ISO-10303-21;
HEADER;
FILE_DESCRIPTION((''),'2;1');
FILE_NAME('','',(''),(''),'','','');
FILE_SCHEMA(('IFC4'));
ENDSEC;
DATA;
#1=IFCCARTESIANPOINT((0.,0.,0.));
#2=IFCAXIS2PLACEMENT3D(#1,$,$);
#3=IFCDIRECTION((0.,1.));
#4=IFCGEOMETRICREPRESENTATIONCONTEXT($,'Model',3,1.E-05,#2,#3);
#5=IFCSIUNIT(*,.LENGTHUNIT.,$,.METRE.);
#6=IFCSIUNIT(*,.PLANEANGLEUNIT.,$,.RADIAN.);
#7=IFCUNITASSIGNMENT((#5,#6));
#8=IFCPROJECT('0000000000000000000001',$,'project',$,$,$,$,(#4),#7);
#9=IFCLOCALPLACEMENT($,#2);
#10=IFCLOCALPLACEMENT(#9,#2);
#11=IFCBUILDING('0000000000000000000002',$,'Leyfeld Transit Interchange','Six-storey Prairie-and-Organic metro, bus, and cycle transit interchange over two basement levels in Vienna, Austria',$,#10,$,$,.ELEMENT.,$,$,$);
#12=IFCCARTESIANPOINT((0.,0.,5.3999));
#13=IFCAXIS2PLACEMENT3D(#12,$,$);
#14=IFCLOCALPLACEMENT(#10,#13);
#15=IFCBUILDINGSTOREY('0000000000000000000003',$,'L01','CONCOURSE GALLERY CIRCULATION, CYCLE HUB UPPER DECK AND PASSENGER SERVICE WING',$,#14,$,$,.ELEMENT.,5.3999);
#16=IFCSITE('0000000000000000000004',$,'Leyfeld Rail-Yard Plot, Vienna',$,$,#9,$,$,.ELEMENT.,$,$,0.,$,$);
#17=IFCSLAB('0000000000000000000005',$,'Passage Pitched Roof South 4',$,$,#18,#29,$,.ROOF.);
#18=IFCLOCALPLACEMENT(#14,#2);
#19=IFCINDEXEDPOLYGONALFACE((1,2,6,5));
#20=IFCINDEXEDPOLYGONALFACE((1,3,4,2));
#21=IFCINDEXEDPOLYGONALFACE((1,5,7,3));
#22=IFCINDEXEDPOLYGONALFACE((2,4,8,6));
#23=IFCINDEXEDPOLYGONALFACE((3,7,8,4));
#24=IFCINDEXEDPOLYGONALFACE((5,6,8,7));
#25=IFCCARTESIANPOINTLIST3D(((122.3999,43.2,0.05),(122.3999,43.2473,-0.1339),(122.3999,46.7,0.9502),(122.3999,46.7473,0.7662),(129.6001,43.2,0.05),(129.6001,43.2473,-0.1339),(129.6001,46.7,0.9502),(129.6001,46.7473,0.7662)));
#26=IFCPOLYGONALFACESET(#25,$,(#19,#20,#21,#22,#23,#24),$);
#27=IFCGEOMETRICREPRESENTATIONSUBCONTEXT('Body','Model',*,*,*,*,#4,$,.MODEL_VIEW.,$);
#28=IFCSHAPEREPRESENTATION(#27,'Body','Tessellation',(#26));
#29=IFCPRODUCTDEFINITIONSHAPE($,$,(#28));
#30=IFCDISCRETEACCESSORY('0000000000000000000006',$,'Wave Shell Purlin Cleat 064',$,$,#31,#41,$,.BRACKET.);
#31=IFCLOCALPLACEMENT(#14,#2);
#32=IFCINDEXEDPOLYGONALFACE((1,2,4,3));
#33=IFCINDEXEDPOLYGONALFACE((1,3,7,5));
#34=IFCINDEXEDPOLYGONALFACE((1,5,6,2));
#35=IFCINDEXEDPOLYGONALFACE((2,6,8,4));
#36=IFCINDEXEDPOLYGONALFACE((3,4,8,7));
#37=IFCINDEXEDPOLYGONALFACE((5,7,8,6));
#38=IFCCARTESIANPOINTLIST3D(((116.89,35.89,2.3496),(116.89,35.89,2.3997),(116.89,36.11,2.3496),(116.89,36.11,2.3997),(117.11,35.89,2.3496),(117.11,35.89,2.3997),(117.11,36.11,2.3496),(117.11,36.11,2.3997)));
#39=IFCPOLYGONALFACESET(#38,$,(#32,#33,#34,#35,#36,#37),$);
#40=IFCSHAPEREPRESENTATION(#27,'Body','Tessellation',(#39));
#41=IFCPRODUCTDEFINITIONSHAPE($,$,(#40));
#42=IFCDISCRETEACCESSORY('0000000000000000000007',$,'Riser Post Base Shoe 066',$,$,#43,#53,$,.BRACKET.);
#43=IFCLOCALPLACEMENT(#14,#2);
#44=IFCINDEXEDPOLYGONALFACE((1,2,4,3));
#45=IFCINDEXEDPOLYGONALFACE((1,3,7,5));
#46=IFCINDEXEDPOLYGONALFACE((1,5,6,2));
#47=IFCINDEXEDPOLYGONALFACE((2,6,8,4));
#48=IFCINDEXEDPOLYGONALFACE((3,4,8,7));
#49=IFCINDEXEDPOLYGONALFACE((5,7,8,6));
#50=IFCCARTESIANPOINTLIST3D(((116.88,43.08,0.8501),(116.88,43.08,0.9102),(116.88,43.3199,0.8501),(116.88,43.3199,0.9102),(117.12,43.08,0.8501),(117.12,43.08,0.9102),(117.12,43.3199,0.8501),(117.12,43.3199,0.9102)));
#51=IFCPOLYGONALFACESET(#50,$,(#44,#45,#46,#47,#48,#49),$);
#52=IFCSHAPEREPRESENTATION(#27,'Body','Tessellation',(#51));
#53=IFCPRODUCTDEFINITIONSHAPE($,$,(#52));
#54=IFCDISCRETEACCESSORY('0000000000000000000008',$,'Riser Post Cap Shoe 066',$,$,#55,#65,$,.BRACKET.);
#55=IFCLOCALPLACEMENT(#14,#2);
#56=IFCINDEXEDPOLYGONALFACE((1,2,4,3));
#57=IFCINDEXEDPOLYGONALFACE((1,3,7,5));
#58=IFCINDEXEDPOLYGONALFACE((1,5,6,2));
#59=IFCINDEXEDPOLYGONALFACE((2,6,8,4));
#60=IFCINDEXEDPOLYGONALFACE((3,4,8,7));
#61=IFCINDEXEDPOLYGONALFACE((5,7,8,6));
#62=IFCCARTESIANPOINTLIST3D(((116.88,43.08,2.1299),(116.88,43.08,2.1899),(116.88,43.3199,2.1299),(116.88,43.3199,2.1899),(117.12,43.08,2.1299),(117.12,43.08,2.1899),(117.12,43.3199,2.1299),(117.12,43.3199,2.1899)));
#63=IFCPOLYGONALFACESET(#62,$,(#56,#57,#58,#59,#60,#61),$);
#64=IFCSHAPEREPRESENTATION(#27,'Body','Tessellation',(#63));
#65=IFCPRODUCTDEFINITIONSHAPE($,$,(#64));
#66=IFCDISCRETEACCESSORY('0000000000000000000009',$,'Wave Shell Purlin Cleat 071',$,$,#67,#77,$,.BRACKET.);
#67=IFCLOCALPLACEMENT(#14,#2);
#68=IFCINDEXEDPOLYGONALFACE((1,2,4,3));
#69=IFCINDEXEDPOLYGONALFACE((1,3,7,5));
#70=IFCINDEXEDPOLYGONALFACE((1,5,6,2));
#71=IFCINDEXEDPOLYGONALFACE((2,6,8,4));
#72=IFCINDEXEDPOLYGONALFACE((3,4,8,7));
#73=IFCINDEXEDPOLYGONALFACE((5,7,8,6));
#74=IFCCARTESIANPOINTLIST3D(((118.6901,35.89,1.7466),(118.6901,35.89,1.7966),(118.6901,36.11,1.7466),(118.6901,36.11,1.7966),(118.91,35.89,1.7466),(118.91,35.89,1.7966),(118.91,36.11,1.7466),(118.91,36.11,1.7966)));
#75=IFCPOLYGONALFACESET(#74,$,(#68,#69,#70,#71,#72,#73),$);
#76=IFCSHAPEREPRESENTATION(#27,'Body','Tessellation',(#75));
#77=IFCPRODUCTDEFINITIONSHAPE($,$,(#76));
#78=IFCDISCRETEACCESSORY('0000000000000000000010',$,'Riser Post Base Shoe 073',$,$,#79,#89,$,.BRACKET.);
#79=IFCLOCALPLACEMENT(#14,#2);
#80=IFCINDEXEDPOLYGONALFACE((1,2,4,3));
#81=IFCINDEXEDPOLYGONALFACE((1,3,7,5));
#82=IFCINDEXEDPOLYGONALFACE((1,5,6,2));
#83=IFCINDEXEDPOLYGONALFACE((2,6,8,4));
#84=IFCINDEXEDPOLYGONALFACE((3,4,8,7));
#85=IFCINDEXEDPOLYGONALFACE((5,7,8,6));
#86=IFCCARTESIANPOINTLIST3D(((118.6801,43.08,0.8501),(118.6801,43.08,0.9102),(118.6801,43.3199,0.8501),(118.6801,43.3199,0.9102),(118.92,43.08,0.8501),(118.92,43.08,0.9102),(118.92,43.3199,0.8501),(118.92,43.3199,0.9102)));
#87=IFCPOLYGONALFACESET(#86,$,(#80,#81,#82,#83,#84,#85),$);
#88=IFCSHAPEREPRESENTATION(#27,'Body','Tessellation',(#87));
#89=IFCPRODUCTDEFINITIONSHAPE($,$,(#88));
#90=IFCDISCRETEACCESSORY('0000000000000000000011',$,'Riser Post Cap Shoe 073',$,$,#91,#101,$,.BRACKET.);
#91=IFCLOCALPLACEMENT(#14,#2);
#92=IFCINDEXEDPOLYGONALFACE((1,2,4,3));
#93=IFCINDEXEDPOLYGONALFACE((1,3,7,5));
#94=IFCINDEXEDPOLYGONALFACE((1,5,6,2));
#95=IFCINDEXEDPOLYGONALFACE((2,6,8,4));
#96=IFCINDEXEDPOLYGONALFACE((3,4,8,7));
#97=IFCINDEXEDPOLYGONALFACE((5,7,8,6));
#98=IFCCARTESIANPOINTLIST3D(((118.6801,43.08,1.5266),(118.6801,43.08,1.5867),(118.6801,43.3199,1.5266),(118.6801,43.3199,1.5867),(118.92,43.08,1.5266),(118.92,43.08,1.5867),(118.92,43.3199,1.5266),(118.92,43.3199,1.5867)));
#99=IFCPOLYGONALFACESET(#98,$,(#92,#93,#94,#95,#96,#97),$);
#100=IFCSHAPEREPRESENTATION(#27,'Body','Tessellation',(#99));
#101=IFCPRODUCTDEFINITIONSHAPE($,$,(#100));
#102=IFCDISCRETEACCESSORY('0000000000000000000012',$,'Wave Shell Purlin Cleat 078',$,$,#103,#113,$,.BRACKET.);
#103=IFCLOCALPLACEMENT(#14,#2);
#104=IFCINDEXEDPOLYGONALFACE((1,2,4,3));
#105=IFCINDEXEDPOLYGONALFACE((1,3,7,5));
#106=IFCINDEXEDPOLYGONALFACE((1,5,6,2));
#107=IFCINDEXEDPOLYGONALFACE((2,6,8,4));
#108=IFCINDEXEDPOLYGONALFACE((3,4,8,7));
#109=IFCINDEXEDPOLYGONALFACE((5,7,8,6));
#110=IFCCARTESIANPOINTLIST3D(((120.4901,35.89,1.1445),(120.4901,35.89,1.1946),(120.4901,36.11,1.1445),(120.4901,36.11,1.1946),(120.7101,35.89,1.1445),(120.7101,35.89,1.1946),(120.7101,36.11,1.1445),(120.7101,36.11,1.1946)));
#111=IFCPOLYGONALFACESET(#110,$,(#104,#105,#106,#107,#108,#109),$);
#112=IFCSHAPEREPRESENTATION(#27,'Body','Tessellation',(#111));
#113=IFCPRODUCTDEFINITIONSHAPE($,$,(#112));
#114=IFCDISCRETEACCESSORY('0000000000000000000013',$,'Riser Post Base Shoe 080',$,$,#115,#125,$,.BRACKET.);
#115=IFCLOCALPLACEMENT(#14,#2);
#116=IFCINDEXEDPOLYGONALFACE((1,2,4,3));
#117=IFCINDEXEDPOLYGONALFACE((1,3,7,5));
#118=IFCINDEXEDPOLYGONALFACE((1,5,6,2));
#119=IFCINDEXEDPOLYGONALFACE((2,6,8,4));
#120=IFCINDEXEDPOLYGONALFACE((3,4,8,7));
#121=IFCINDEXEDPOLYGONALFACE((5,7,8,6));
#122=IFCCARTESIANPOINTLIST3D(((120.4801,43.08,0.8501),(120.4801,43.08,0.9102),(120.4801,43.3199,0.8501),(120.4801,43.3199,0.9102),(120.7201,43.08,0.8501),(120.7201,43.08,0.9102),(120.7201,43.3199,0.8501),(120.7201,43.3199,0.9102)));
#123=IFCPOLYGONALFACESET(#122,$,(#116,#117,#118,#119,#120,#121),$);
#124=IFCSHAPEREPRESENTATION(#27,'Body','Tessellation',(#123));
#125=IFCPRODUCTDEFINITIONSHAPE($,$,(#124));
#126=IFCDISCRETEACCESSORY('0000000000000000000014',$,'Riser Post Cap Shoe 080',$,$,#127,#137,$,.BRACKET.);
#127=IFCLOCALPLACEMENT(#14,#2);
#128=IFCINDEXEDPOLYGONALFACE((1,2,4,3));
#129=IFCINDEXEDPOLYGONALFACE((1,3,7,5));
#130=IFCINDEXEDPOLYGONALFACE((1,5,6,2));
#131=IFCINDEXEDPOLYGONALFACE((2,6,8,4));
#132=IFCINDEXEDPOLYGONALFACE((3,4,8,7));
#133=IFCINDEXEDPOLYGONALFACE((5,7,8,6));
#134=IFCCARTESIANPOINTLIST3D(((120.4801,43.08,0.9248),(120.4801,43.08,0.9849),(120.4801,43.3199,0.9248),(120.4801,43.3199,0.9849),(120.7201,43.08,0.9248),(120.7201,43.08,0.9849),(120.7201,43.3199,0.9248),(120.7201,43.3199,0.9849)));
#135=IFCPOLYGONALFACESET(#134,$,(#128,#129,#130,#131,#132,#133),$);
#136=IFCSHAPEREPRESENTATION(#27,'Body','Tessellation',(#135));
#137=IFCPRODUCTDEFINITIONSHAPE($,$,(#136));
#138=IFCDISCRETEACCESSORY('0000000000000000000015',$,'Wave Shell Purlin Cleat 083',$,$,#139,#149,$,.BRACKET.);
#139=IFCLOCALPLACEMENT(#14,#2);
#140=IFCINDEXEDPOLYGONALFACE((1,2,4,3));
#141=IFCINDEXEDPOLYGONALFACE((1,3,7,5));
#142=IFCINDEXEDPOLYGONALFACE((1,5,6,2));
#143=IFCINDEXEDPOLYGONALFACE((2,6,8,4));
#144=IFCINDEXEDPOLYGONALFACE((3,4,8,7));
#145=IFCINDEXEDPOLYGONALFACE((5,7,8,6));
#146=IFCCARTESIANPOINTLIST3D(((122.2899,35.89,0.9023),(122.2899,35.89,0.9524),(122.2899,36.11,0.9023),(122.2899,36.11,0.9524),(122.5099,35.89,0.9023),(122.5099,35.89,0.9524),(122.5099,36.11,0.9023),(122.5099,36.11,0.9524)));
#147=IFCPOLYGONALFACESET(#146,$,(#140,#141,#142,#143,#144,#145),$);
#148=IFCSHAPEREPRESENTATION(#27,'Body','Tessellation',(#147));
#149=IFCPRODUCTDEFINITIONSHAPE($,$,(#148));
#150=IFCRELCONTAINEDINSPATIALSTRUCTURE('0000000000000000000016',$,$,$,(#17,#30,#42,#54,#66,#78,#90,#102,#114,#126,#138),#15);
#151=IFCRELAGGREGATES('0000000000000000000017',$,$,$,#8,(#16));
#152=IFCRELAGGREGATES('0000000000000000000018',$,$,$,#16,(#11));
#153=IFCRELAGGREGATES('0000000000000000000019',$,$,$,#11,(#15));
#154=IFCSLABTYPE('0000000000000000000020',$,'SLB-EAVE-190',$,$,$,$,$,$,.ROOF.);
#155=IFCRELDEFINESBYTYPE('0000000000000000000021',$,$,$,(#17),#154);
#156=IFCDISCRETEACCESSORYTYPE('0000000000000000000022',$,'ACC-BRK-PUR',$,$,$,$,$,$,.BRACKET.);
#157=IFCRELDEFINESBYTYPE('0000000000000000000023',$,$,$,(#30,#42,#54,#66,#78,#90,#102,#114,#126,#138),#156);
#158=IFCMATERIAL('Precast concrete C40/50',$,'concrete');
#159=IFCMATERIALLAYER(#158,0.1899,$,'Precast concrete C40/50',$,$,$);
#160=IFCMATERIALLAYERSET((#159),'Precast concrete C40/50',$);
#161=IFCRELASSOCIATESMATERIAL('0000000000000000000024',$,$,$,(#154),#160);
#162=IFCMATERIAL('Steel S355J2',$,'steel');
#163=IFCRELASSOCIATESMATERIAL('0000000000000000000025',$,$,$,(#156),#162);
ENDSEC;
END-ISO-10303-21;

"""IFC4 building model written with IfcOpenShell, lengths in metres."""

from ifc_helpers import new_model, si_unit, direction, frame, origin, origin_2d, place, context, subcontext, project, spatial, polyline, rectangle, outline, extrude, material, layer, layer_set, type_object, element, save


model = new_model("IFC4")

# Units and contexts
model_context = context("Model", 3, precision=1e-05, world=origin(), true_north=direction((0.0, 1.0)))
body_context = subcontext(model_context, "Body", "Model", "MODEL_VIEW")
ifc_project = project(units=[si_unit("LENGTHUNIT", "METRE"), si_unit("PLANEANGLEUNIT", "RADIAN")], contexts=[model_context])

# Site, building, storey
site_placement = place(None, origin())
site = spatial("IfcSite", under=ifc_project, at=site_placement, Name="Leyfeld Rail-Yard Plot, Vienna", CompositionType="ELEMENT", RefElevation=0.0)
building_placement = place(site_placement, origin())
building = spatial("IfcBuilding", under=site, at=building_placement, Name="Leyfeld Transit Interchange", Description="Six-storey Prairie-and-Organic metro, bus, and cycle transit interchange over two basement levels in Vienna, Austria", CompositionType="ELEMENT")
storey_placement = place(building_placement, frame((0.0, 0.0, 5.3999)))
storey = spatial("IfcBuildingStorey", under=building, at=storey_placement, Name="L01", Description="CONCOURSE GALLERY CIRCULATION, CYCLE HUB UPPER DECK AND PASSENGER SERVICE WING", CompositionType="ELEMENT", Elevation=5.3999)

# Shared definitions
ifc_material_1 = material(Name="Steel S355J2", Category="steel")

# Slab
ifc_material_2 = material(Name="Precast concrete C40/50", Category="concrete")
ifc_layer = layer(ifc_material_2, 0.1899, Name="Precast concrete C40/50")
ifc_layer_set = layer_set([ifc_layer], Name="Precast concrete C40/50")
slab_type = type_object("IfcSlabType", Name="SLB-EAVE-190", PredefinedType="ROOF", material=ifc_layer_set)
slab_placement = place(storey_placement, frame((122.3999, 43.2, 0.05), z_axis=(0.0, -0.249079, 0.968483), x_axis=(1.0, 0.0, 0.0)))
element("IfcSlab", 1, at=slab_placement, inside=storey, type_object=slab_type, Name="Passage Pitched Roof South 4", PredefinedType="ROOF", context=body_context, shape_type="SweptSolid", body=[
    extrude(outline(polyline([(0.0, 0.0), (7.2002, 0.0), (7.2002, 3.6139), (0.0, 3.6139), (0.0, 0.0)])), origin(), (0.0, 0.0, -1.0), 0.1899),
])

# Discrete accessories
discrete_accessory_type = type_object("IfcDiscreteAccessoryType", Name="ACC-BRK-PUR", PredefinedType="BRACKET", material=ifc_material_1)
discrete_accessory_1_placement = place(storey_placement, frame((117.0, 36.0, 2.3496), z_axis=(0.0, 0.0, 1.0), x_axis=(1.0, 0.0, 0.0)))
element("IfcDiscreteAccessory", 2, at=discrete_accessory_1_placement, inside=storey, type_object=discrete_accessory_type, Name="Wave Shell Purlin Cleat 064", PredefinedType="BRACKET", context=body_context, shape_type="SweptSolid", body=[
    extrude(rectangle(XDim=0.22, YDim=0.22, at=origin_2d()), origin(), (0.0, 0.0, 1.0), 0.05),
])
for number, where, z_axis, x_axis, name in (
    (3, (117.0, 43.2, 0.8501), (0.0, 0.0, 1.0), (1.0, 0.0, 0.0), "Riser Post Base Shoe 066"),
    (4, (117.0, 43.2, 2.1299), (0.0, 0.0, 1.0), (1.0, 0.0, 0.0), "Riser Post Cap Shoe 066"),
):
    element("IfcDiscreteAccessory", number, at=place(storey_placement, frame(where, z_axis=z_axis, x_axis=x_axis)), inside=storey, type_object=discrete_accessory_type, Name=name, PredefinedType="BRACKET", context=body_context, shape_type="SweptSolid", body=[
        extrude(rectangle(XDim=0.24, YDim=0.24, at=origin_2d()), origin(), (0.0, 0.0, 1.0), 0.0601),
    ])
discrete_accessory_2_placement = place(storey_placement, frame((118.8, 36.0, 1.7466), z_axis=(0.0, 0.0, 1.0), x_axis=(1.0, 0.0, 0.0)))
element("IfcDiscreteAccessory", 5, at=discrete_accessory_2_placement, inside=storey, type_object=discrete_accessory_type, Name="Wave Shell Purlin Cleat 071", PredefinedType="BRACKET", context=body_context, shape_type="SweptSolid", body=[
    extrude(rectangle(XDim=0.22, YDim=0.22, at=origin_2d()), origin(), (0.0, 0.0, 1.0), 0.05),
])
for number, where, z_axis, x_axis, name in (
    (6, (118.8, 43.2, 0.8501), (0.0, 0.0, 1.0), (1.0, 0.0, 0.0), "Riser Post Base Shoe 073"),
    (7, (118.8, 43.2, 1.5266), (0.0, 0.0, 1.0), (1.0, 0.0, 0.0), "Riser Post Cap Shoe 073"),
):
    element("IfcDiscreteAccessory", number, at=place(storey_placement, frame(where, z_axis=z_axis, x_axis=x_axis)), inside=storey, type_object=discrete_accessory_type, Name=name, PredefinedType="BRACKET", context=body_context, shape_type="SweptSolid", body=[
        extrude(rectangle(XDim=0.24, YDim=0.24, at=origin_2d()), origin(), (0.0, 0.0, 1.0), 0.0601),
    ])
discrete_accessory_3_placement = place(storey_placement, frame((120.6001, 36.0, 1.1445), z_axis=(0.0, 0.0, 1.0), x_axis=(1.0, 0.0, 0.0)))
element("IfcDiscreteAccessory", 8, at=discrete_accessory_3_placement, inside=storey, type_object=discrete_accessory_type, Name="Wave Shell Purlin Cleat 078", PredefinedType="BRACKET", context=body_context, shape_type="SweptSolid", body=[
    extrude(rectangle(XDim=0.22, YDim=0.22, at=origin_2d()), origin(), (0.0, 0.0, 1.0), 0.05),
])
for number, where, z_axis, x_axis, name in (
    (9, (120.6001, 43.2, 0.8501), (0.0, 0.0, 1.0), (1.0, 0.0, 0.0), "Riser Post Base Shoe 080"),
    (10, (120.6001, 43.2, 0.9248), (0.0, 0.0, 1.0), (1.0, 0.0, 0.0), "Riser Post Cap Shoe 080"),
):
    element("IfcDiscreteAccessory", number, at=place(storey_placement, frame(where, z_axis=z_axis, x_axis=x_axis)), inside=storey, type_object=discrete_accessory_type, Name=name, PredefinedType="BRACKET", context=body_context, shape_type="SweptSolid", body=[
        extrude(rectangle(XDim=0.24, YDim=0.24, at=origin_2d()), origin(), (0.0, 0.0, 1.0), 0.0601),
    ])
discrete_accessory_4_placement = place(storey_placement, frame((122.3999, 36.0, 0.9023), z_axis=(0.0, 0.0, 1.0), x_axis=(1.0, 0.0, 0.0)))
element("IfcDiscreteAccessory", 11, at=discrete_accessory_4_placement, inside=storey, type_object=discrete_accessory_type, Name="Wave Shell Purlin Cleat 083", PredefinedType="BRACKET", context=body_context, shape_type="SweptSolid", body=[
    extrude(rectangle(XDim=0.22, YDim=0.22, at=origin_2d()), origin(), (0.0, 0.0, 1.0), 0.05),
])

save(model, "model.ifc")
